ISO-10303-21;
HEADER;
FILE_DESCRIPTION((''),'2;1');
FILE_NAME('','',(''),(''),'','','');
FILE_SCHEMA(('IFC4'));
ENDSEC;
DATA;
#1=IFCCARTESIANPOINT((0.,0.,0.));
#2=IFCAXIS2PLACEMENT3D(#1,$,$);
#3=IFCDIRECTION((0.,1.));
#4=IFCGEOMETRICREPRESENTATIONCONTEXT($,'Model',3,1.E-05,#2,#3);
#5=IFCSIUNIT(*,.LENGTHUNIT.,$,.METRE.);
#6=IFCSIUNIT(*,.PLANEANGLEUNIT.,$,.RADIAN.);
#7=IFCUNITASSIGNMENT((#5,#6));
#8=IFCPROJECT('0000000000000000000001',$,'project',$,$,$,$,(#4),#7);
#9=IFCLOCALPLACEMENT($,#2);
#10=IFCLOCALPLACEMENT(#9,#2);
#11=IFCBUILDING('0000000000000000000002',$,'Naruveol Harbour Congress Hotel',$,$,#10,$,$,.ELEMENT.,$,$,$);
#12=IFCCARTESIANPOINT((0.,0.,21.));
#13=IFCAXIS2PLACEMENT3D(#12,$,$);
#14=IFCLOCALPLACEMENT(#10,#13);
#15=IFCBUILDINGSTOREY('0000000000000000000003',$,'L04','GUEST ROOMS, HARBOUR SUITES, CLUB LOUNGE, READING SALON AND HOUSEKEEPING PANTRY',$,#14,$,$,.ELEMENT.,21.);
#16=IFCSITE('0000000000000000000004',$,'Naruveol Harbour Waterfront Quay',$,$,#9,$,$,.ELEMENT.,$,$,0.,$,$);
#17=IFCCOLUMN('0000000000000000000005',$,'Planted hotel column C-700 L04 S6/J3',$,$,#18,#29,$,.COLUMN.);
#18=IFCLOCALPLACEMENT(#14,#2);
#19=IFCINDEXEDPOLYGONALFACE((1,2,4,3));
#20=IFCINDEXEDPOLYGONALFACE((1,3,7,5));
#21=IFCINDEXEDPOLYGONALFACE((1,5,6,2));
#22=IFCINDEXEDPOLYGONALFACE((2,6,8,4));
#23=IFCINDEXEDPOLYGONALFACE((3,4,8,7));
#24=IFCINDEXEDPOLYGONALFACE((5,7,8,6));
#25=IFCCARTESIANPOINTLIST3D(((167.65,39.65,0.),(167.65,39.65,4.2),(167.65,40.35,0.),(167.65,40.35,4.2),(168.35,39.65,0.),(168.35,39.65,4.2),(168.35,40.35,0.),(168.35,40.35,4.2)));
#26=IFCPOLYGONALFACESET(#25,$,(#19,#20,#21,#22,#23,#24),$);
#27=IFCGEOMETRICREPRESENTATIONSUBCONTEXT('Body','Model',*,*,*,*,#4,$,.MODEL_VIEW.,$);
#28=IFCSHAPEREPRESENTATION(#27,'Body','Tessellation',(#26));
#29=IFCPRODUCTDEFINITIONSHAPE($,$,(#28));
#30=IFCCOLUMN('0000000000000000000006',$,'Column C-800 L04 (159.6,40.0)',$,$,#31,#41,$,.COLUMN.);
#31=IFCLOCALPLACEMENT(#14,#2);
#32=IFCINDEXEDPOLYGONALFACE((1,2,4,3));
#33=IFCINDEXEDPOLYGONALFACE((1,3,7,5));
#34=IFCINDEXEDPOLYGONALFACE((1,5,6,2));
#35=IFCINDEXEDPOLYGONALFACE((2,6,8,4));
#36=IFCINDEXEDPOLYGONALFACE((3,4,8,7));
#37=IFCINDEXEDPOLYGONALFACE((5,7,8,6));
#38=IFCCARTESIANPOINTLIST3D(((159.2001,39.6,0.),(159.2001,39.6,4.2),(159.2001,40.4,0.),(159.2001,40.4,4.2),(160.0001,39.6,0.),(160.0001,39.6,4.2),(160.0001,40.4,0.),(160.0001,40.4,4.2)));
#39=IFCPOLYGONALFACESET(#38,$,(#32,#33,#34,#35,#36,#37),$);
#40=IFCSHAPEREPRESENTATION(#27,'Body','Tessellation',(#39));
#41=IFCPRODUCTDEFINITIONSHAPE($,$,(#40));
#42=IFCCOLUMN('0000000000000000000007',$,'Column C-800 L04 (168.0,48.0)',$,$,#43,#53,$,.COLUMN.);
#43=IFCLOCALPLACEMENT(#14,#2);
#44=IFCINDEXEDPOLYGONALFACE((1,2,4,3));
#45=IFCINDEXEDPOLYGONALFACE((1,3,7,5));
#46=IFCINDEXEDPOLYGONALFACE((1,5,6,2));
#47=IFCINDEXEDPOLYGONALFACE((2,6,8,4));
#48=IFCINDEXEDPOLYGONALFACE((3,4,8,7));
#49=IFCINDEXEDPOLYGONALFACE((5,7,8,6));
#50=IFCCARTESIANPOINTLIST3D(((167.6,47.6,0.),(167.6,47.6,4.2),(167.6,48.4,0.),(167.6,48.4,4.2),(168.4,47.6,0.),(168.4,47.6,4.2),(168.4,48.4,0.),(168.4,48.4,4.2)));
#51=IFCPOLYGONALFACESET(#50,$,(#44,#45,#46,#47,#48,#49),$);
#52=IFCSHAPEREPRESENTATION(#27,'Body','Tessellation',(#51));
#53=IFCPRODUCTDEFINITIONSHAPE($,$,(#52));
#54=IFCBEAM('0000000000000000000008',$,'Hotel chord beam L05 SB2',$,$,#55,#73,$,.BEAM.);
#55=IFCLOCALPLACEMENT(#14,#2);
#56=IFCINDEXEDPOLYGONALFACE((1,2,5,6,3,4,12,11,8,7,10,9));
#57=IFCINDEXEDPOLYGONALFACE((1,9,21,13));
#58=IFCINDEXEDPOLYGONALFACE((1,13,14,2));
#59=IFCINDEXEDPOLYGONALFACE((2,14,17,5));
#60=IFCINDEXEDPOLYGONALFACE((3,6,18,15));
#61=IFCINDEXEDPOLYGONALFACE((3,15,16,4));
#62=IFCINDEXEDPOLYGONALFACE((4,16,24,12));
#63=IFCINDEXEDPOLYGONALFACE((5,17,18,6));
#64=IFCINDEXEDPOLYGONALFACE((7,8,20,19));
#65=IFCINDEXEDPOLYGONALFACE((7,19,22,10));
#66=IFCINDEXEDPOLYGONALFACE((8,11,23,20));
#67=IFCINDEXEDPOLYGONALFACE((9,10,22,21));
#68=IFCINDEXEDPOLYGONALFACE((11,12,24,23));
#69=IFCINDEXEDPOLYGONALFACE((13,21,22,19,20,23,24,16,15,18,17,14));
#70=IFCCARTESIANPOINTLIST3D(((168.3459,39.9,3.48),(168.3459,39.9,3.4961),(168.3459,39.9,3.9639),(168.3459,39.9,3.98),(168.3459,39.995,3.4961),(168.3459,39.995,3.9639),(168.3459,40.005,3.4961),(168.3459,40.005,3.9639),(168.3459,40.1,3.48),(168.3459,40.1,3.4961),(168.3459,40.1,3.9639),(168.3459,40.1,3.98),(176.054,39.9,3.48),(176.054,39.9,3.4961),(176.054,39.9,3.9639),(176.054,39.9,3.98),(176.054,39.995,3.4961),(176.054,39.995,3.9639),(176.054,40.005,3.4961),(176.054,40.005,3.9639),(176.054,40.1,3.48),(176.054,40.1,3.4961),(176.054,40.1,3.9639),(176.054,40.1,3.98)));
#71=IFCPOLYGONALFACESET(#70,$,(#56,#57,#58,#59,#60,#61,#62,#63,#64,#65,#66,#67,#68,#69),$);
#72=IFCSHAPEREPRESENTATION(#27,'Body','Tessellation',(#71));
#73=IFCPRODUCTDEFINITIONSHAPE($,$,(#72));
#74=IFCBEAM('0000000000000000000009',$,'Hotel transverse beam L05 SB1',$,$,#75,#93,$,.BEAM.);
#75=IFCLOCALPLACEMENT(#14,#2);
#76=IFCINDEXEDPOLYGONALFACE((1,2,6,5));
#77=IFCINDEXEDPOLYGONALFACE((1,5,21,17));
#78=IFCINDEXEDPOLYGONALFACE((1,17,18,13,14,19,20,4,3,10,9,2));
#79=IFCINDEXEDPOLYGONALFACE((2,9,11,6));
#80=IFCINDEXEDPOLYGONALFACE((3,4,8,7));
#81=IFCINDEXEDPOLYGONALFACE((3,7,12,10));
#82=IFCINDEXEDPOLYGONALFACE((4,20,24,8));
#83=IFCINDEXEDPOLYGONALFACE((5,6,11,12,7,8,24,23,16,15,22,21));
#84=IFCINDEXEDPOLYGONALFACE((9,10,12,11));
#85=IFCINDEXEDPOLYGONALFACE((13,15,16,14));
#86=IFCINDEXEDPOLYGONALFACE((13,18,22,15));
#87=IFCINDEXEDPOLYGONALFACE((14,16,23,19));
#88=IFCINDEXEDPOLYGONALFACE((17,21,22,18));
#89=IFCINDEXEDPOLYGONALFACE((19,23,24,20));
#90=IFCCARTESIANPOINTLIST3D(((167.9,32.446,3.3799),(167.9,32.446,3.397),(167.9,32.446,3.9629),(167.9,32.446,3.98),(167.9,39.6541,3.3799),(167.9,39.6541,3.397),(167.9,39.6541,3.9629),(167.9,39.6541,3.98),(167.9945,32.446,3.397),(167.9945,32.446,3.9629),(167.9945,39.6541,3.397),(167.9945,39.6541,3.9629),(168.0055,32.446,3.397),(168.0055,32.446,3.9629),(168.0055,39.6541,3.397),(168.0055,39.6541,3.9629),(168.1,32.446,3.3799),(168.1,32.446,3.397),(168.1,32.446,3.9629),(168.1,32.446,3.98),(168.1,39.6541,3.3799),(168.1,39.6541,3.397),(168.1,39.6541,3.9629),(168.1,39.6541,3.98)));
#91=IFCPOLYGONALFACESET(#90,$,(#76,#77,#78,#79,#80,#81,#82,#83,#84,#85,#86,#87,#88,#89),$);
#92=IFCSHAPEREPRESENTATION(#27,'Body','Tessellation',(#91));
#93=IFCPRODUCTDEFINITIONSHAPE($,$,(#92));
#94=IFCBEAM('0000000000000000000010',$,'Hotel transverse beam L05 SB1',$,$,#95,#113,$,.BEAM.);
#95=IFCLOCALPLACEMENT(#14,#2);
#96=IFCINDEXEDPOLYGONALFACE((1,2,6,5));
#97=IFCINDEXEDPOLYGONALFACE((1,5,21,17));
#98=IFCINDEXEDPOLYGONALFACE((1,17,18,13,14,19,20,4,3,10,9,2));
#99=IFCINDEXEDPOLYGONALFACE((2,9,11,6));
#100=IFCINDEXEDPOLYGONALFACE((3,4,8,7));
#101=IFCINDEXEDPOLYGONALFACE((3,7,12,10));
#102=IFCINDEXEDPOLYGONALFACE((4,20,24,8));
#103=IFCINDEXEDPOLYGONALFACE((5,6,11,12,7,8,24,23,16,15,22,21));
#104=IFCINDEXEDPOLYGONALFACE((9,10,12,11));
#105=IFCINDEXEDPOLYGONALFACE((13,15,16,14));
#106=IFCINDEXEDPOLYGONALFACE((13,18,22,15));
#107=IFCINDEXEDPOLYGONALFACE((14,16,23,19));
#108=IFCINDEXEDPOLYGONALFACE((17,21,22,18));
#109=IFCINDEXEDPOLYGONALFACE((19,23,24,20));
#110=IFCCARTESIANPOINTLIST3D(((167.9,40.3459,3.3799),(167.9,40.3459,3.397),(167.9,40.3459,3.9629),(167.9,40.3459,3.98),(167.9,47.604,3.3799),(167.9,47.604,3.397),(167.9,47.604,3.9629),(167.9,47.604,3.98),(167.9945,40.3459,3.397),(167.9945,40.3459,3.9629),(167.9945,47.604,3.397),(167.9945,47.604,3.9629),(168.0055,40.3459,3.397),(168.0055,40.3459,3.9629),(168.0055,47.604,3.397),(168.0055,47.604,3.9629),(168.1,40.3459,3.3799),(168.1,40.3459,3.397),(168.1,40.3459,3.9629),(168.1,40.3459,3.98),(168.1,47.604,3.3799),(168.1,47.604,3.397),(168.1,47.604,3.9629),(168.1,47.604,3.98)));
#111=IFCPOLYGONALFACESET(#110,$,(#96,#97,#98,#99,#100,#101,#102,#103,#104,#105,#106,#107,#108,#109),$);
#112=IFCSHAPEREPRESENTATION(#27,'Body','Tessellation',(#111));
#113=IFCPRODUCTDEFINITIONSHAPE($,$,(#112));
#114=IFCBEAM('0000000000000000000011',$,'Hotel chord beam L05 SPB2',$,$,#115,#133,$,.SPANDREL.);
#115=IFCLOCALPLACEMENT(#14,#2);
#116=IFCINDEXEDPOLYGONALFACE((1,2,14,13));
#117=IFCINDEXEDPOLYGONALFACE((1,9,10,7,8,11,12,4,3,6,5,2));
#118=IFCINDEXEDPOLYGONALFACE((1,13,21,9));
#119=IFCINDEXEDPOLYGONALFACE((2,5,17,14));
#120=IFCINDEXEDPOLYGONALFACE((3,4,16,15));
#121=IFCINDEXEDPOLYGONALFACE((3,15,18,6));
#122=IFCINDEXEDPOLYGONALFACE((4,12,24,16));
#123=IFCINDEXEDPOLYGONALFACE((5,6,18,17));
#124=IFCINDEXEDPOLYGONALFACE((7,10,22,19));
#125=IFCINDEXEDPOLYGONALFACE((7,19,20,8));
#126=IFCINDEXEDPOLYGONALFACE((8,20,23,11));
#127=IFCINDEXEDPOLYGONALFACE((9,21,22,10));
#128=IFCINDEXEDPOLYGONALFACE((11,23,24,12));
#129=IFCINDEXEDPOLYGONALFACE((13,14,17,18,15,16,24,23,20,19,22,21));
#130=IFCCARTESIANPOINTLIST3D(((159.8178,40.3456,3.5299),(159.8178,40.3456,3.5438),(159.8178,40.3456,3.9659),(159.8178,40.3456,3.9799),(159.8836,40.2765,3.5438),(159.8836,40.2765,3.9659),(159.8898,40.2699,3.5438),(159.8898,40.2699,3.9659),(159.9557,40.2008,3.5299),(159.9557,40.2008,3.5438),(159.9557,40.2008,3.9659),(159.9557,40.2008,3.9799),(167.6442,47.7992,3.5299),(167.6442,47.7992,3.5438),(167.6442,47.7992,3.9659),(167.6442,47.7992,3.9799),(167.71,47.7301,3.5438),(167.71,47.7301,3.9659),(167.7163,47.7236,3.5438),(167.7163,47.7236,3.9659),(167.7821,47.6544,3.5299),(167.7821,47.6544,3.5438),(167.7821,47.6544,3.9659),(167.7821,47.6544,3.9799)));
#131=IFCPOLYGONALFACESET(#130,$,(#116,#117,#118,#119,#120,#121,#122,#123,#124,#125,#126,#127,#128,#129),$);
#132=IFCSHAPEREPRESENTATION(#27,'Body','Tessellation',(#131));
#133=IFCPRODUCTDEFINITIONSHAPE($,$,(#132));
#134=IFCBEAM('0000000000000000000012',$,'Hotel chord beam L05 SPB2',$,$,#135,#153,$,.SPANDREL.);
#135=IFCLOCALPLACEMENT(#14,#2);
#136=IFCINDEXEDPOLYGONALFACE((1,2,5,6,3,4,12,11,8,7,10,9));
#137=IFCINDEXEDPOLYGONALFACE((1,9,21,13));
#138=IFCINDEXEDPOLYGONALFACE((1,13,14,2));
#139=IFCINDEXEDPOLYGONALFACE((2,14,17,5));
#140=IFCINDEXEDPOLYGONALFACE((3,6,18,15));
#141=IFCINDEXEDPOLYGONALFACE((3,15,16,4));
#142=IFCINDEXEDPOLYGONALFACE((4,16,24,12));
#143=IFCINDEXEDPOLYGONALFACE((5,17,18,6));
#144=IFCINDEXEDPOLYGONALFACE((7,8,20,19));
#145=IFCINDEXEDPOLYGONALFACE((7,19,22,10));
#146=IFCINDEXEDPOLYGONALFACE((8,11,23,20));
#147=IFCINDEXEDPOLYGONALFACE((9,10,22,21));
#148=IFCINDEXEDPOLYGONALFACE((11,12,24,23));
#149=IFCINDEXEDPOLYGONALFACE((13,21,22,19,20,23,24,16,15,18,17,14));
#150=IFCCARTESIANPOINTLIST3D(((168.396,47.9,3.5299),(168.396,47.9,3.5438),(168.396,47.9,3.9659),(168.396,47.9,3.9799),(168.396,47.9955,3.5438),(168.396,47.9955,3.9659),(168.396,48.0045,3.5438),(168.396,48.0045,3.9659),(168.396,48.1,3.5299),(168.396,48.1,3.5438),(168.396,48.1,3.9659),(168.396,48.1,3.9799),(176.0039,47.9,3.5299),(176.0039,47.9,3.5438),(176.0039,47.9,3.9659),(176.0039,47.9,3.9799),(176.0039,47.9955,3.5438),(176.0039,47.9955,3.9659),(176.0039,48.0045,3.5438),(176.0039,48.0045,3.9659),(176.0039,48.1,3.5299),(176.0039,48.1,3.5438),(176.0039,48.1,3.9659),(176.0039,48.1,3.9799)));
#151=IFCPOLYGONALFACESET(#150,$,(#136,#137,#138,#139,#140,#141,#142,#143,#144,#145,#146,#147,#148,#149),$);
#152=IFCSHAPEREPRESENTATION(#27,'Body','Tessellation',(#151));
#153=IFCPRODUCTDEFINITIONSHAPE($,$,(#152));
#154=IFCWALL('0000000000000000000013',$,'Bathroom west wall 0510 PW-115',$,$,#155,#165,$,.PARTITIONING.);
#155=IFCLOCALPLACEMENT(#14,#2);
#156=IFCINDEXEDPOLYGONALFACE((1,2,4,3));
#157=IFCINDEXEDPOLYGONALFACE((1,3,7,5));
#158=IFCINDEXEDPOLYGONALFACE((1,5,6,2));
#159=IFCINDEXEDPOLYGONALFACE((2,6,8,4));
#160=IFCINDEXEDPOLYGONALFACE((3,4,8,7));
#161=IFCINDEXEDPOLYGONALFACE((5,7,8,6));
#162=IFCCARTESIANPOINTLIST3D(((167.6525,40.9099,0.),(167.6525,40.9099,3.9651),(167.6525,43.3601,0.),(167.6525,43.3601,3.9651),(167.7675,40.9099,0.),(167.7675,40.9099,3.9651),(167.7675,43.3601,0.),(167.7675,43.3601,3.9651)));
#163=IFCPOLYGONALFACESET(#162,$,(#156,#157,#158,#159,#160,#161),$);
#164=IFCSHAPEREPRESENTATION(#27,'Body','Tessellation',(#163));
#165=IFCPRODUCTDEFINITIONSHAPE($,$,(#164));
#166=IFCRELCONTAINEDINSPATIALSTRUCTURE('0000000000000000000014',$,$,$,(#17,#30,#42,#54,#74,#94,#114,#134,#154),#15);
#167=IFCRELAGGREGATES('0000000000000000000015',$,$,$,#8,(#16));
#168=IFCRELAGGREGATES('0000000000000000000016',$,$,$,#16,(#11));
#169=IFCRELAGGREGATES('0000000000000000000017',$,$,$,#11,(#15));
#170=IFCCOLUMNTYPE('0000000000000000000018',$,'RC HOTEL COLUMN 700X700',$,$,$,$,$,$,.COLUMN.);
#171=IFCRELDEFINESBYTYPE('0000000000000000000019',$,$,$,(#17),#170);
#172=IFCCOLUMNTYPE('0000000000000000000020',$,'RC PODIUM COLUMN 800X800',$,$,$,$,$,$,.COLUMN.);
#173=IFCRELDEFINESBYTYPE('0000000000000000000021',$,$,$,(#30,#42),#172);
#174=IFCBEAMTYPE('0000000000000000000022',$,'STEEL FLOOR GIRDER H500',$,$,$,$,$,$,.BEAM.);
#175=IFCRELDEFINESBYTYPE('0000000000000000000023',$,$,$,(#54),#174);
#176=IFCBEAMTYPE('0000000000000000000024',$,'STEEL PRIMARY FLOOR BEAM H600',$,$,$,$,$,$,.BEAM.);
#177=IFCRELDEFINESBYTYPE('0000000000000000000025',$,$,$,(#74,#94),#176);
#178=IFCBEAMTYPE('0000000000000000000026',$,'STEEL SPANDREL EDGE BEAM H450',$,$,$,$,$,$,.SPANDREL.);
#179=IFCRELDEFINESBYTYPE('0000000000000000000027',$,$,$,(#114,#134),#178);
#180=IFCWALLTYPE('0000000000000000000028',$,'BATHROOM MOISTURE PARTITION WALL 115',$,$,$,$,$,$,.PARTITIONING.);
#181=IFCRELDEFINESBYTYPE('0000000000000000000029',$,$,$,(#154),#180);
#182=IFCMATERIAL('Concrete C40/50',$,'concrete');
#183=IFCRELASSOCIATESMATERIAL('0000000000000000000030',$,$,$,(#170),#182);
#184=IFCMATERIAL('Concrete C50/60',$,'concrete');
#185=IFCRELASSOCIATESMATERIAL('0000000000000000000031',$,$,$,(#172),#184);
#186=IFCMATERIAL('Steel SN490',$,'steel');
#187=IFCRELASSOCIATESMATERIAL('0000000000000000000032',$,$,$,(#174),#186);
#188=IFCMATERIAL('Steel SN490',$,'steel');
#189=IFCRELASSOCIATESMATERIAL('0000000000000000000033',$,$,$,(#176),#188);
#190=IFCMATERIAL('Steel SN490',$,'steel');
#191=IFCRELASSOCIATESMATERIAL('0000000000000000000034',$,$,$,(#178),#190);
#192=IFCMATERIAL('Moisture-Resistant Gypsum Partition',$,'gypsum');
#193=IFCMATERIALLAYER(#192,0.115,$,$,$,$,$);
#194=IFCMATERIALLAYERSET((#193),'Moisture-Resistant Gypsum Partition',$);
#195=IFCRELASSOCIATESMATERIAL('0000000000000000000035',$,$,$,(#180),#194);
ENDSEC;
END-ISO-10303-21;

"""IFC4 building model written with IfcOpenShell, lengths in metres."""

from ifc_helpers import new_model, si_unit, direction, frame, frame_2d, origin, origin_2d, place, context, subcontext, project, spatial, rectangle, i_section, extrude, material, layer, layer_set, material_profile, profile_set, type_object, element, save


model = new_model("IFC4")

# Units and contexts
model_context = context("Model", 3, precision=1e-05, world=origin(), true_north=direction((0.0, 1.0)))
body_context = subcontext(model_context, "Body", "Model", "MODEL_VIEW")
ifc_project = project(units=[si_unit("LENGTHUNIT", "METRE"), si_unit("PLANEANGLEUNIT", "RADIAN")], contexts=[model_context])

# Site, building, storey
site_placement = place(None, origin())
site = spatial("IfcSite", under=ifc_project, at=site_placement, Name="Naruveol Harbour Waterfront Quay", CompositionType="ELEMENT", RefElevation=0.0)
building_placement = place(site_placement, origin())
building = spatial("IfcBuilding", under=site, at=building_placement, Name="Naruveol Harbour Congress Hotel", CompositionType="ELEMENT")
storey_placement = place(building_placement, frame((0.0, 0.0, 21.0)))
storey = spatial("IfcBuildingStorey", under=building, at=storey_placement, Name="L04", Description="GUEST ROOMS, HARBOUR SUITES, CLUB LOUNGE, READING SALON AND HOUSEKEEPING PANTRY", CompositionType="ELEMENT", Elevation=21.0)

# Columns
ifc_material_1 = material(Name="Concrete C40/50", Category="concrete")
ifc_material_profile_1 = material_profile(ifc_material_1, rectangle(XDim=0.7, YDim=0.7, at=origin_2d()), Name="RC-700x700")
ifc_profile_set_1 = profile_set([ifc_material_profile_1], Name="Concrete C40/50")
column_type_1 = type_object("IfcColumnType", Name="RC HOTEL COLUMN 700X700", PredefinedType="COLUMN", material=ifc_profile_set_1)
column_placement = place(storey_placement, frame((168.0, 40.0, 0.0), z_axis=(0.0, 0.0, 1.0), x_axis=(1.0, 0.0, 0.0)))
element("IfcColumn", 1, at=column_placement, inside=storey, type_object=column_type_1, Name="Planted hotel column C-700 L04 S6/J3", PredefinedType="COLUMN", context=body_context, shape_type="SweptSolid", body=[
    extrude(rectangle(XDim=0.7, YDim=0.7, at=origin_2d()), origin(), (0.0, 0.0, 1.0), 4.2),
])
ifc_material_2 = material(Name="Concrete C50/60", Category="concrete")
ifc_material_profile_2 = material_profile(ifc_material_2, rectangle(XDim=0.8, YDim=0.8, at=origin_2d()), Name="RC-800x800")
ifc_profile_set_2 = profile_set([ifc_material_profile_2], Name="Concrete C50/60")
column_type_2 = type_object("IfcColumnType", Name="RC PODIUM COLUMN 800X800", PredefinedType="COLUMN", material=ifc_profile_set_2)
for number, where, z_axis, x_axis, name in (
    (2, (159.6001, 40.0, 0.0), (0.0, 0.0, 1.0), (1.0, 0.0, 0.0), "Column C-800 L04 (159.6,40.0)"),
    (3, (168.0, 48.0, 0.0), (0.0, 0.0, 1.0), (1.0, 0.0, 0.0), "Column C-800 L04 (168.0,48.0)"),
):
    element("IfcColumn", number, at=place(storey_placement, frame(where, z_axis=z_axis, x_axis=x_axis)), inside=storey, type_object=column_type_2, Name=name, PredefinedType="COLUMN", context=body_context, shape_type="SweptSolid", body=[
        extrude(rectangle(XDim=0.8, YDim=0.8, at=origin_2d()), origin(), (0.0, 0.0, 1.0), 4.2),
    ])

# Beams
ifc_material_3 = material(Name="Steel SN490", Category="steel")
ifc_material_profile_3 = material_profile(ifc_material_3, i_section(OverallWidth=0.2, OverallDepth=0.5, WebThickness=0.01, FlangeThickness=0.0161, at=origin_2d()), Name="H-500x200x10x16")
ifc_profile_set_3 = profile_set([ifc_material_profile_3], Name="Steel SN490")
beam_type_1 = type_object("IfcBeamType", Name="STEEL FLOOR GIRDER H500", PredefinedType="BEAM", material=ifc_profile_set_3)
beam_1_placement = place(storey_placement, frame((168.3459, 40.0, 3.73), z_axis=(1.0, 0.0, 0.0), x_axis=(0.0, 1.0, 0.0)))
element("IfcBeam", 4, at=beam_1_placement, inside=storey, type_object=beam_type_1, Name="Hotel chord beam L05 SB2", PredefinedType="BEAM", context=body_context, shape_type="SweptSolid", body=[
    extrude(i_section(OverallWidth=0.2, OverallDepth=0.5, WebThickness=0.01, FlangeThickness=0.0161, at=origin_2d()), origin(), (0.0, 0.0, 1.0), 7.708),
])
ifc_material_4 = material(Name="Steel SN490", Category="steel")
ifc_material_profile_4 = material_profile(ifc_material_4, i_section(OverallWidth=0.2, OverallDepth=0.6001, WebThickness=0.011, FlangeThickness=0.0171, at=origin_2d()), Name="H-600x200x11x17")
ifc_profile_set_4 = profile_set([ifc_material_profile_4], Name="Steel SN490")
beam_type_2 = type_object("IfcBeamType", Name="STEEL PRIMARY FLOOR BEAM H600", PredefinedType="BEAM", material=ifc_profile_set_4)
beam_2_placement = place(storey_placement, frame((168.0, 32.446, 3.6799), z_axis=(0.0, 1.0, 0.0), x_axis=(-1.0, 0.0, 0.0)))
element("IfcBeam", 5, at=beam_2_placement, inside=storey, type_object=beam_type_2, Name="Hotel transverse beam L05 SB1", PredefinedType="BEAM", context=body_context, shape_type="SweptSolid", body=[
    extrude(i_section(OverallWidth=0.2, OverallDepth=0.6001, WebThickness=0.011, FlangeThickness=0.0171, at=origin_2d()), origin(), (0.0, 0.0, 1.0), 7.208),
])
beam_3_placement = place(storey_placement, frame((168.0, 40.3459, 3.6799), z_axis=(0.0, 1.0, 0.0), x_axis=(-1.0, 0.0, 0.0)))
element("IfcBeam", 6, at=beam_3_placement, inside=storey, type_object=beam_type_2, Name="Hotel transverse beam L05 SB1", PredefinedType="BEAM", context=body_context, shape_type="SweptSolid", body=[
    extrude(i_section(OverallWidth=0.2, OverallDepth=0.6001, WebThickness=0.011, FlangeThickness=0.0171, at=origin_2d()), origin(), (0.0, 0.0, 1.0), 7.2581),
])
ifc_material_5 = material(Name="Steel SN490", Category="steel")
ifc_material_profile_5 = material_profile(ifc_material_5, i_section(OverallWidth=0.2, OverallDepth=0.45, WebThickness=0.009, FlangeThickness=0.0139, at=origin_2d()), Name="H-450x200x9x14")
ifc_profile_set_5 = profile_set([ifc_material_profile_5], Name="Steel SN490")
beam_type_3 = type_object("IfcBeamType", Name="STEEL SPANDREL EDGE BEAM H450", PredefinedType="SPANDREL", material=ifc_profile_set_5)
beam_4_placement = place(storey_placement, frame((159.8867, 40.2732, 3.7549), z_axis=(0.724143, 0.68965, 0.0), x_axis=(-0.68965, 0.724143, 0.0)))
element("IfcBeam", 7, at=beam_4_placement, inside=storey, type_object=beam_type_3, Name="Hotel chord beam L05 SPB2", PredefinedType="SPANDREL", context=body_context, shape_type="SweptSolid", body=[
    extrude(i_section(OverallWidth=0.2, OverallDepth=0.45, WebThickness=0.009, FlangeThickness=0.0139, at=origin_2d()), origin(), (0.0, 0.0, 1.0), 10.8079),
])
beam_5_placement = place(storey_placement, frame((168.396, 48.0, 3.7549), z_axis=(1.0, 0.0, 0.0), x_axis=(0.0, 1.0, 0.0)))
element("IfcBeam", 8, at=beam_5_placement, inside=storey, type_object=beam_type_3, Name="Hotel chord beam L05 SPB2", PredefinedType="SPANDREL", context=body_context, shape_type="SweptSolid", body=[
    extrude(i_section(OverallWidth=0.2, OverallDepth=0.45, WebThickness=0.009, FlangeThickness=0.0139, at=origin_2d()), origin(), (0.0, 0.0, 1.0), 7.6079),
])

# Shared definitions
ifc_material_6 = material(Name="Moisture-Resistant Gypsum Partition", Category="gypsum")
ifc_layer_1 = layer(ifc_material_6, 0.115)
ifc_layer_set_1 = layer_set([ifc_layer_1], Name="Moisture-Resistant Gypsum Partition")
wall_type_1 = type_object("IfcWallType", Name="BATHROOM MOISTURE PARTITION WALL 115", PredefinedType="PARTITIONING", material=ifc_layer_set_1)

# Wall
wall_1_placement = place(storey_placement, frame((167.71, 40.9099, 0.0), z_axis=(0.0, 0.0, 1.0), x_axis=(0.0, 1.0, 0.0)))
element("IfcWall", 9, at=wall_1_placement, inside=storey, type_object=wall_type_1, Name="Bathroom west wall 0510 PW-115", PredefinedType="PARTITIONING", context=body_context, shape_type="SweptSolid", body=[
    extrude(rectangle(XDim=2.4502, YDim=0.115, at=frame_2d((1.2251, 0.0))), origin(), (0.0, 0.0, 1.0), 3.9651),
])

save(model, "model.ifc")
